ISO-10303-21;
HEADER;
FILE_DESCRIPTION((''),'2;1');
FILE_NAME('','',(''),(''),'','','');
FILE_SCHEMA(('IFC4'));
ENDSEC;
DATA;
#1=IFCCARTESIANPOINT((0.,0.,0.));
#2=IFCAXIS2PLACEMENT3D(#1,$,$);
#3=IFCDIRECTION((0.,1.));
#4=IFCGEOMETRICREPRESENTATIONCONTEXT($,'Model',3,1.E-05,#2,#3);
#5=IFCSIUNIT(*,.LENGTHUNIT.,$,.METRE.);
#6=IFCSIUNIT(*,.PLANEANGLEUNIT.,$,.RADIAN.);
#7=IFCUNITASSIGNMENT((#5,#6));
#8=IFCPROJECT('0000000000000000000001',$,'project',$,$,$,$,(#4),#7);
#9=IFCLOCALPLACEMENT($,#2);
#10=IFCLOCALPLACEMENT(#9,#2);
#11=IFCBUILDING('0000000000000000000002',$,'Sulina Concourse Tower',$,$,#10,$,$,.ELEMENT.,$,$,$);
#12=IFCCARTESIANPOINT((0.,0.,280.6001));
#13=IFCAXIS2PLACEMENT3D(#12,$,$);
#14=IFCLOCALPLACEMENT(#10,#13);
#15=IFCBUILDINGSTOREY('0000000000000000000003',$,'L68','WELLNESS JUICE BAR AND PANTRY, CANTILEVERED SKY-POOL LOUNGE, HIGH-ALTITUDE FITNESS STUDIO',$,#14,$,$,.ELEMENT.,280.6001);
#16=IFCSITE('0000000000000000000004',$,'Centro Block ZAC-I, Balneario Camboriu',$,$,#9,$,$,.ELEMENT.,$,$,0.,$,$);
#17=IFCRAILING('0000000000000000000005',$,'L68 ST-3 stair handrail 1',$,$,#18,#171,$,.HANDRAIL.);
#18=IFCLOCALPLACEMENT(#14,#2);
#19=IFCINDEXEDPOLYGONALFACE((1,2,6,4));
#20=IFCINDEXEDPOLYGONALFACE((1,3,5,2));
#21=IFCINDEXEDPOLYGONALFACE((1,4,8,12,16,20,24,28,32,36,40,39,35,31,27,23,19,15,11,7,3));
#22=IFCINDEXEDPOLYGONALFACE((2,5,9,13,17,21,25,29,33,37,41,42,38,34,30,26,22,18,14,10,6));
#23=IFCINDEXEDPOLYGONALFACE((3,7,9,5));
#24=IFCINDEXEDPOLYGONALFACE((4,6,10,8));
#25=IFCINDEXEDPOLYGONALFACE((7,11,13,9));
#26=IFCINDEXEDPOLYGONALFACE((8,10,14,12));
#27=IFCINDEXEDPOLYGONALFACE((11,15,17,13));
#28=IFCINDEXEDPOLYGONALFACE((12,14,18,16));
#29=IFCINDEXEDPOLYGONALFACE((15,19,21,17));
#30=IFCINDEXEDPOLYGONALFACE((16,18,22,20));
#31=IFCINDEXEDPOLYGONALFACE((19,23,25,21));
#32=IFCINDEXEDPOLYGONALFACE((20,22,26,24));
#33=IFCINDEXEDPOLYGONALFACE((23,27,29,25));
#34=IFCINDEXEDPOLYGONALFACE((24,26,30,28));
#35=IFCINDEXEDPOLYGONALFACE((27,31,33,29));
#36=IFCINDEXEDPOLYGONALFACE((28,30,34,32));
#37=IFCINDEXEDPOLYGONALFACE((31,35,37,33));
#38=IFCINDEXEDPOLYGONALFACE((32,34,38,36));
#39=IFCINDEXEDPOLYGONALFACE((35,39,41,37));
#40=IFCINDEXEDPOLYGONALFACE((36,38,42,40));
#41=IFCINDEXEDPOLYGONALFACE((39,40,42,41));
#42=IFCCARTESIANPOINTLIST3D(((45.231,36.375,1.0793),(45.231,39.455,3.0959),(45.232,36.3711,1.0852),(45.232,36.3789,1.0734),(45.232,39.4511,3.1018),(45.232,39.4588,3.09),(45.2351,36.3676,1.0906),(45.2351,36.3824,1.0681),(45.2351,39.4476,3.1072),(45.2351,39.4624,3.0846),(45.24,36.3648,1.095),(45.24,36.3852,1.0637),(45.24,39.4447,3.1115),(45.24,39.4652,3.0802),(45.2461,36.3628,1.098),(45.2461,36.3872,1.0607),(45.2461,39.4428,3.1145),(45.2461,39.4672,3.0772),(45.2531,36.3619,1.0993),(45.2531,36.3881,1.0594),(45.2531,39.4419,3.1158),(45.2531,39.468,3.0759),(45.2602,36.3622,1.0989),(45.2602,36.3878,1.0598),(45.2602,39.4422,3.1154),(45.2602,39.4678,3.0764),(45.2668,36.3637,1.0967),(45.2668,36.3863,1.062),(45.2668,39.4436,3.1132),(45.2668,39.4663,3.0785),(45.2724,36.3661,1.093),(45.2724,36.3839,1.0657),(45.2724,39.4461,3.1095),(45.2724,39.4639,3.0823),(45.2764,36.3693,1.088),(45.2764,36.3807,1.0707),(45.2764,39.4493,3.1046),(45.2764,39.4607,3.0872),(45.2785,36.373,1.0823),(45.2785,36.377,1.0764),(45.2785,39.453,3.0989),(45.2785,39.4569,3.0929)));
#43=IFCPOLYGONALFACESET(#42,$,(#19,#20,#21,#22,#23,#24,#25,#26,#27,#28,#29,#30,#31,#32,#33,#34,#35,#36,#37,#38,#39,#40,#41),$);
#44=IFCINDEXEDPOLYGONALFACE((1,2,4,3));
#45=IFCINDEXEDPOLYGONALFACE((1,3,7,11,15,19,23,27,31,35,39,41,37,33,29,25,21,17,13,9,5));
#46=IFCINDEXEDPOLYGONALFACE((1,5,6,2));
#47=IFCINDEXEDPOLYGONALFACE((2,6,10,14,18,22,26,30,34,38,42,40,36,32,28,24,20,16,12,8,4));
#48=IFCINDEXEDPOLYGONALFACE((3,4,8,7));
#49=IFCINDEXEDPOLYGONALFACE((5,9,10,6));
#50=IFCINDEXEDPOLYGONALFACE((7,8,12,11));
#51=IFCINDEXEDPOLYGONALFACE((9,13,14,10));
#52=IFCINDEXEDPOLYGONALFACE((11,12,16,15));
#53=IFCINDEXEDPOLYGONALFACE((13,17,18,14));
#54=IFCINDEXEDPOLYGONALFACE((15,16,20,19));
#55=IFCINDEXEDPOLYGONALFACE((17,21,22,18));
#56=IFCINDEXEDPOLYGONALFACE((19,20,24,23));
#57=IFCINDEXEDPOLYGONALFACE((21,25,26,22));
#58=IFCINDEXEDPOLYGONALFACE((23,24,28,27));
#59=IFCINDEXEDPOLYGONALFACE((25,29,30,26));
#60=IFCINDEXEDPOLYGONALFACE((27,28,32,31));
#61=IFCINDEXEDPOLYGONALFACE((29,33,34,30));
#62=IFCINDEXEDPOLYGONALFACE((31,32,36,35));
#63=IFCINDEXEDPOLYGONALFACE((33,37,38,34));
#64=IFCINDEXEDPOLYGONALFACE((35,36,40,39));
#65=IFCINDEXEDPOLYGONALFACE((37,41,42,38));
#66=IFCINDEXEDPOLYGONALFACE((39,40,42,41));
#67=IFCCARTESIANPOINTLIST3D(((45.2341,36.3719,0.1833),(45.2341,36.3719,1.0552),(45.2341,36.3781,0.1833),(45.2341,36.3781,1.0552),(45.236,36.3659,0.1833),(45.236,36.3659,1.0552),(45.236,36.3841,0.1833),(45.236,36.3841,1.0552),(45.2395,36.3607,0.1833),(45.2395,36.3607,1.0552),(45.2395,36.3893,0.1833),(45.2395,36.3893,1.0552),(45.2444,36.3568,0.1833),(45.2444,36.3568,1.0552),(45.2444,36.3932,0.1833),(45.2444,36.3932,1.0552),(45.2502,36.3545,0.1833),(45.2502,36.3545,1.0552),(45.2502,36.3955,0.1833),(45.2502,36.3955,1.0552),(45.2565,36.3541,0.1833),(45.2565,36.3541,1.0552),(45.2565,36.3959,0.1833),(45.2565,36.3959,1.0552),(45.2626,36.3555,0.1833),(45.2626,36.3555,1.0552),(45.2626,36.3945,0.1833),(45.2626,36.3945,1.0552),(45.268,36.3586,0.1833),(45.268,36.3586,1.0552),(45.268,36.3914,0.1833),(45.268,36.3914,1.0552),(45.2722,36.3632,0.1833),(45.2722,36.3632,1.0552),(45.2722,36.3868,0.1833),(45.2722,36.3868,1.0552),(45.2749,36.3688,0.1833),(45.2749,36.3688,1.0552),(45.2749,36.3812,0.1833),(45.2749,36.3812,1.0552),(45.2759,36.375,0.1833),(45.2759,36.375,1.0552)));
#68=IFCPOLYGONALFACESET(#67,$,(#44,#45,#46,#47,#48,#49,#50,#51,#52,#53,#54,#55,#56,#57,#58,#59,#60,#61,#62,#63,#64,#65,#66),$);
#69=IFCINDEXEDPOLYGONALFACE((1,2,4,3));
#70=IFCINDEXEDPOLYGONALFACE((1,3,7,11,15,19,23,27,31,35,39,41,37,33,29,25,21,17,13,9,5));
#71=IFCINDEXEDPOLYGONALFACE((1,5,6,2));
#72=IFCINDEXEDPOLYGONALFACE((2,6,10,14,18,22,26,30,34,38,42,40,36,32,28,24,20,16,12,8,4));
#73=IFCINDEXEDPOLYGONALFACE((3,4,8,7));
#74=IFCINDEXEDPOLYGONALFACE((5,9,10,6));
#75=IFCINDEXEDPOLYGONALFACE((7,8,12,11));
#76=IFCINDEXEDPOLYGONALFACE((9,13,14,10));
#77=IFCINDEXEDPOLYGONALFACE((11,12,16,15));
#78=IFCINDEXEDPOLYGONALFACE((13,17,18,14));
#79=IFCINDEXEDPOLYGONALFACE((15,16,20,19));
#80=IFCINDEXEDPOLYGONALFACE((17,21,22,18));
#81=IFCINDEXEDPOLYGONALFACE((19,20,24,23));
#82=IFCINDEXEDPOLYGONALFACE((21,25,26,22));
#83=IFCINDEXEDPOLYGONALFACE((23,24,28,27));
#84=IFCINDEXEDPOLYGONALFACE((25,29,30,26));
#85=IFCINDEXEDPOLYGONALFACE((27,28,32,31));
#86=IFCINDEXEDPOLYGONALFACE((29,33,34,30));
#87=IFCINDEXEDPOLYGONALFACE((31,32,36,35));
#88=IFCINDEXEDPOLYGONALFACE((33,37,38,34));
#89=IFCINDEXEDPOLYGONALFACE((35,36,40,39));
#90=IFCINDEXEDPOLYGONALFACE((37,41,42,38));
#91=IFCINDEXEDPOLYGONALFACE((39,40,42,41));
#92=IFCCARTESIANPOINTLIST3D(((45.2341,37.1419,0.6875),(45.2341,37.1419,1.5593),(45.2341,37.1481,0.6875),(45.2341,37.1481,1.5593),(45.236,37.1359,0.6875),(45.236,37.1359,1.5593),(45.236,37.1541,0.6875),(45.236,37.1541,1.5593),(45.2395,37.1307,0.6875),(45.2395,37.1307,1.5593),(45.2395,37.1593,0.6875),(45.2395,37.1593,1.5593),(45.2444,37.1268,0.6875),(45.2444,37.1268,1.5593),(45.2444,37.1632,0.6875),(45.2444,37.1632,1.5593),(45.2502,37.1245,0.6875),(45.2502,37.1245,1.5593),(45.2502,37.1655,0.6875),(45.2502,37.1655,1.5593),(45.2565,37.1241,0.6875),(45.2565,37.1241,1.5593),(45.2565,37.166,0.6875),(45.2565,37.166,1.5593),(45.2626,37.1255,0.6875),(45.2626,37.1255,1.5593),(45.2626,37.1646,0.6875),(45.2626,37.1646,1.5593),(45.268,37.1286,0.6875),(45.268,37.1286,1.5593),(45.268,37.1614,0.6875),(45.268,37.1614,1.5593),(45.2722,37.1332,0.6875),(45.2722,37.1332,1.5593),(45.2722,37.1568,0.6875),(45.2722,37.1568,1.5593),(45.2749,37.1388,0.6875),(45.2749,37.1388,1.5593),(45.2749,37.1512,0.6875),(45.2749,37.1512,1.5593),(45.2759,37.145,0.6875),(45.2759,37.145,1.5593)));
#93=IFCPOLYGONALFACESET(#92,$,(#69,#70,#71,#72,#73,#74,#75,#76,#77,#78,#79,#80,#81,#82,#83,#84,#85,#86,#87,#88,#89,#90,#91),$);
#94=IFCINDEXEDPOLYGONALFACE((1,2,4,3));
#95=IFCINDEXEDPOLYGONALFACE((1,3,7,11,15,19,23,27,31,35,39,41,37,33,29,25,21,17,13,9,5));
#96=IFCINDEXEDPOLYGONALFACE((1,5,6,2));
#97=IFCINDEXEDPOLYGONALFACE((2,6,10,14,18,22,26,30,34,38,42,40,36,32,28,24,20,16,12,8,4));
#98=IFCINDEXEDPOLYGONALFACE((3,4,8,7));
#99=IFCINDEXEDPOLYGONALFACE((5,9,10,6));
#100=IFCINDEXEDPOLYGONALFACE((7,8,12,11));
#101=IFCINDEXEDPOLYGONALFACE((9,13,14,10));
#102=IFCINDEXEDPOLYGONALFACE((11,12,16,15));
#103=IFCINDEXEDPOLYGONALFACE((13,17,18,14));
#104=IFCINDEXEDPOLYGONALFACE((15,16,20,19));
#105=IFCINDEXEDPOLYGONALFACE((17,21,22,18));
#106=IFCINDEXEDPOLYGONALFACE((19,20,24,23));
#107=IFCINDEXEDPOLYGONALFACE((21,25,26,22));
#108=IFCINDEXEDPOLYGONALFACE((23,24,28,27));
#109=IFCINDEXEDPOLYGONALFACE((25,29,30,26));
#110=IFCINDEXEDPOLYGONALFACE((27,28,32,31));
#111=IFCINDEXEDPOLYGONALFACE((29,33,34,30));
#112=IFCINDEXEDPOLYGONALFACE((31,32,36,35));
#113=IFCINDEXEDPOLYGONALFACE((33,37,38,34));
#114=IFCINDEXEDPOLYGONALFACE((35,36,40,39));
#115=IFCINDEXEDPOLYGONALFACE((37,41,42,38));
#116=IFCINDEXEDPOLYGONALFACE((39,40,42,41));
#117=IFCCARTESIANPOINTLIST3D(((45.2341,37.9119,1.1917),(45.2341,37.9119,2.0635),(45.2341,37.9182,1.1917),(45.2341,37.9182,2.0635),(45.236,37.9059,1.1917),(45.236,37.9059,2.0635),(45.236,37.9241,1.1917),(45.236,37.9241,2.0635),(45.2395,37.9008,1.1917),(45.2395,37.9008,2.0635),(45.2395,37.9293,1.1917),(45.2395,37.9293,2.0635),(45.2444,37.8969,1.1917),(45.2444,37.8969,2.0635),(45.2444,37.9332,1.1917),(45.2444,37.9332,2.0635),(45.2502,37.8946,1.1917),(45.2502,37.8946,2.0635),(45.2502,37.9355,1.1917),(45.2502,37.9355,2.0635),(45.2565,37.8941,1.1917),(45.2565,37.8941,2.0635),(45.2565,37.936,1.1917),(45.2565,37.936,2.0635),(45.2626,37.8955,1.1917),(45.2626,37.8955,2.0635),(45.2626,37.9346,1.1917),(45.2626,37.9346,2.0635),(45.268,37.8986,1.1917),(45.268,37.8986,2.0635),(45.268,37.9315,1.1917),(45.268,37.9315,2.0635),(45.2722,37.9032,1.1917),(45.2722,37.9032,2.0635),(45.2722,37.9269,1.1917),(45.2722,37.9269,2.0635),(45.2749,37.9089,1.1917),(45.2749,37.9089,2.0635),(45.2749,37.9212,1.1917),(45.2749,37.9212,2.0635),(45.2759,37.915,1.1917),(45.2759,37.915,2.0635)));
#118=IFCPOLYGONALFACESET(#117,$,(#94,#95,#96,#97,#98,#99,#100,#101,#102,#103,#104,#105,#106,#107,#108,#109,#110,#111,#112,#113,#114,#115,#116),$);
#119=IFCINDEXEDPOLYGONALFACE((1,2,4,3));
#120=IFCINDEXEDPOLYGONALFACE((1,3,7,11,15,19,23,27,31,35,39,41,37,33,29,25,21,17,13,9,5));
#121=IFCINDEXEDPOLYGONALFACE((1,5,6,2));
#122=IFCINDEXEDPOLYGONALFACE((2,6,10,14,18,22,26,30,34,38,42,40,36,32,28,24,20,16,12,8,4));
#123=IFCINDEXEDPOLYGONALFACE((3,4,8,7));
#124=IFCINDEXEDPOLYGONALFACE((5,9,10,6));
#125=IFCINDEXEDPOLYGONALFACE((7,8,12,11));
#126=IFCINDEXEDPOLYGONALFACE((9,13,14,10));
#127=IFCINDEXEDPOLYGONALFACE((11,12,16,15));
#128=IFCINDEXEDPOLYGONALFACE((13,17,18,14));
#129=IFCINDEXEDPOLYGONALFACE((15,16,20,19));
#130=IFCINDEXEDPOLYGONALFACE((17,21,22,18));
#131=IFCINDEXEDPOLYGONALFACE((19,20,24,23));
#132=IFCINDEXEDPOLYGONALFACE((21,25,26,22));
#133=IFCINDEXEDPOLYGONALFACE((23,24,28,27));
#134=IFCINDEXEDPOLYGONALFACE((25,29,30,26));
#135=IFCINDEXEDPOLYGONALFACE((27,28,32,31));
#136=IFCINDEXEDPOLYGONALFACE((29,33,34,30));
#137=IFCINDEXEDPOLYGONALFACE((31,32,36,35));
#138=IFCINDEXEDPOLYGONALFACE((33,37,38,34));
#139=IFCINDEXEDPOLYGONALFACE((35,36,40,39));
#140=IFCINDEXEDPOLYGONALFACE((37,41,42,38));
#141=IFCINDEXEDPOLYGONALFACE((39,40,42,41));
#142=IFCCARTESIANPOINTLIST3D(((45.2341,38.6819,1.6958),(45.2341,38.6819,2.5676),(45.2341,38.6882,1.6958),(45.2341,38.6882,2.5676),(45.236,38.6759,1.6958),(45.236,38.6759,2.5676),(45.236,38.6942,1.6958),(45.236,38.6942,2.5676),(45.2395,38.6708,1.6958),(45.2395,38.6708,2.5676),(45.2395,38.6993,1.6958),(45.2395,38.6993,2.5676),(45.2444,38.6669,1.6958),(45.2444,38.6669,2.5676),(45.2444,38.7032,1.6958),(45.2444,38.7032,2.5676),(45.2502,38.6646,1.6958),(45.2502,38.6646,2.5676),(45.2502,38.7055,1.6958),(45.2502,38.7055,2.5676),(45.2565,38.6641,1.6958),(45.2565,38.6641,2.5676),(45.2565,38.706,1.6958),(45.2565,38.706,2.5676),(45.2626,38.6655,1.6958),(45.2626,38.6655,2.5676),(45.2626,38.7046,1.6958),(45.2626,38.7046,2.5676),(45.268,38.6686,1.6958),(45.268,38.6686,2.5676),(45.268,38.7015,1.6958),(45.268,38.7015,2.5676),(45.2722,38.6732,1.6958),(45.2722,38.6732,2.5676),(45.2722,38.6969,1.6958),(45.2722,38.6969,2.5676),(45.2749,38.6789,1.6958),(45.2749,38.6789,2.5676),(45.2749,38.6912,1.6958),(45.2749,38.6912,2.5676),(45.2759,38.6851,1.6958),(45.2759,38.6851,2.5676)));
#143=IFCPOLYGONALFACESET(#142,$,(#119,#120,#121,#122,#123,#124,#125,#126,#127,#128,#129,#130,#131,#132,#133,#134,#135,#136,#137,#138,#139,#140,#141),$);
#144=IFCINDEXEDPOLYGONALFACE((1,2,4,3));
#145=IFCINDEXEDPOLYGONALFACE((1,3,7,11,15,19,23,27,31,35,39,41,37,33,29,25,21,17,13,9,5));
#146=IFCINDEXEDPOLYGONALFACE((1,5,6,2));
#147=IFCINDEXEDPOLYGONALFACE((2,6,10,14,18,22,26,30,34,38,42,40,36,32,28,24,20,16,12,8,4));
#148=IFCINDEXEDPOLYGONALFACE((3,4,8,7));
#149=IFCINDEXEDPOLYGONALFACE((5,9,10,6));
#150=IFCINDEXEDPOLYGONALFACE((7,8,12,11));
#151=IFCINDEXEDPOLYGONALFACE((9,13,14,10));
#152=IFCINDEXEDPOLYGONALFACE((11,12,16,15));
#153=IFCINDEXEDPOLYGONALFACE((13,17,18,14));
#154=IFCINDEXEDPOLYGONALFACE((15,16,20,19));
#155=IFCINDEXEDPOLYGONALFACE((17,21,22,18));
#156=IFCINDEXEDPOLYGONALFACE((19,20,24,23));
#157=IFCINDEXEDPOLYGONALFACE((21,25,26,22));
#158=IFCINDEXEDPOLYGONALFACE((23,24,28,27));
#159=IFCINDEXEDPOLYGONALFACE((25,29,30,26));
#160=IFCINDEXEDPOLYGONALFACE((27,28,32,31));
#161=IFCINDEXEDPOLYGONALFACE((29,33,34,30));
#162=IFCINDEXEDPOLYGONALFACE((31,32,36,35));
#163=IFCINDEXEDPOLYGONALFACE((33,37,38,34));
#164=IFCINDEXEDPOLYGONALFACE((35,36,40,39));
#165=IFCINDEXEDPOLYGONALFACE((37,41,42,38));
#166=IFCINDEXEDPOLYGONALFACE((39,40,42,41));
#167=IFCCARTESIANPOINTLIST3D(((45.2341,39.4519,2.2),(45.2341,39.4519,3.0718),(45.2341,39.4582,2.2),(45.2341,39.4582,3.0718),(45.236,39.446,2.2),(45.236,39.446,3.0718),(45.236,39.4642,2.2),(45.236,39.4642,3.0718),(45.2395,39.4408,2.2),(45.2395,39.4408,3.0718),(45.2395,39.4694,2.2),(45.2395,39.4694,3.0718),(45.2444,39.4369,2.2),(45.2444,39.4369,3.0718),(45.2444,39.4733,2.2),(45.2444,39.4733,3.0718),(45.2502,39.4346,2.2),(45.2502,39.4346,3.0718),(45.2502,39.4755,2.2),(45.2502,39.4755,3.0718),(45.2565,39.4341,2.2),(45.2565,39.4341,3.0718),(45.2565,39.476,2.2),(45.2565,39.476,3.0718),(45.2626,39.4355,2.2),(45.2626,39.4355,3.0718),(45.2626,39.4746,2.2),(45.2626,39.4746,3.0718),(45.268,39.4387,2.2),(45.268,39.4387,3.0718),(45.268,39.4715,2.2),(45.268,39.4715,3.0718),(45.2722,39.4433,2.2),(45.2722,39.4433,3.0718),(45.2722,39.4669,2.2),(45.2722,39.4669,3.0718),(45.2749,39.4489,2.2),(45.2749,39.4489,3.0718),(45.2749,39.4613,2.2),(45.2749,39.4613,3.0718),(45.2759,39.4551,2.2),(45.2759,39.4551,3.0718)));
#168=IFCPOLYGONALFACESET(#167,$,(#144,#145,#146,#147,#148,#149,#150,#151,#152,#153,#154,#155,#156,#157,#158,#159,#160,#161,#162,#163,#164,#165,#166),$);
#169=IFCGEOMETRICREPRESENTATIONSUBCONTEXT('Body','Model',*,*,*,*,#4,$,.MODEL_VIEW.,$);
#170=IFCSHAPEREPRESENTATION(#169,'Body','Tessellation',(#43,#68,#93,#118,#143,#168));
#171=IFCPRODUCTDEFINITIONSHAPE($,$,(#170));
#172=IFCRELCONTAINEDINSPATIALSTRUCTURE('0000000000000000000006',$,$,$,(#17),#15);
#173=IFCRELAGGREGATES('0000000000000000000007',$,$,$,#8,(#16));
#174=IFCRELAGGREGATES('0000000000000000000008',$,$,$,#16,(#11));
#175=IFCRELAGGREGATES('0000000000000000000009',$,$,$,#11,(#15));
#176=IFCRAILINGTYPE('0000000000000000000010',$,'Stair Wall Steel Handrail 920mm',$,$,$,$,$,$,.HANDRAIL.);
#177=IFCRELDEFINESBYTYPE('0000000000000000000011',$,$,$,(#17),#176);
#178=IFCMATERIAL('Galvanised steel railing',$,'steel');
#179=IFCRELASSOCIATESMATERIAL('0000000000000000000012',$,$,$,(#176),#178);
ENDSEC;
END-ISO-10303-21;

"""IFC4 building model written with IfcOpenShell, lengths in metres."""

from ifc_helpers import new_model, si_unit, direction, frame, origin, origin_2d, place, context, subcontext, project, spatial, circle, extrude, material, type_object, element, save


model = new_model("IFC4")

# Units and contexts
model_context = context("Model", 3, precision=1e-05, world=origin(), true_north=direction((0.0, 1.0)))
body_context = subcontext(model_context, "Body", "Model", "MODEL_VIEW")
ifc_project = project(units=[si_unit("LENGTHUNIT", "METRE"), si_unit("PLANEANGLEUNIT", "RADIAN")], contexts=[model_context])

# Site, building, storey
site_placement = place(None, origin())
site = spatial("IfcSite", under=ifc_project, at=site_placement, Name="Centro Block ZAC-I, Balneario Camboriu", CompositionType="ELEMENT", RefElevation=0.0)
building_placement = place(site_placement, origin())
building = spatial("IfcBuilding", under=site, at=building_placement, Name="Sulina Concourse Tower", CompositionType="ELEMENT")
storey_placement = place(building_placement, frame((0.0, 0.0, 280.6001)))
storey = spatial("IfcBuildingStorey", under=building, at=storey_placement, Name="L68", Description="WELLNESS JUICE BAR AND PANTRY, CANTILEVERED SKY-POOL LOUNGE, HIGH-ALTITUDE FITNESS STUDIO", CompositionType="ELEMENT", Elevation=280.6001)

# Railing
ifc_material_1 = material(Name="Galvanised steel railing", Category="steel")
railing_type_1 = type_object("IfcRailingType", Name="Stair Wall Steel Handrail 920mm", PredefinedType="HANDRAIL", material=ifc_material_1)
railing_1_placement = place(storey_placement, frame((45.2549, 36.375, 0.1833)))
element("IfcRailing", 1, at=railing_1_placement, inside=storey, type_object=railing_type_1, Name="L68 ST-3 stair handrail 1", PredefinedType="HANDRAIL", context=body_context, shape_type="SweptSolid", body=[
    extrude(circle(Radius=0.0239, at=origin_2d()), frame((0.0, 0.0, 0.896), z_axis=(0.0, 0.836633, 0.547764), x_axis=(-1.0, 0.0, 0.0)), (0.0, 0.0, 1.0), 3.6814),
    extrude(circle(Radius=0.021, at=origin_2d()), origin(), (0.0, 0.0, 1.0), 0.8718),
    extrude(circle(Radius=0.021, at=origin_2d()), frame((0.0, 0.77, 0.5042)), (0.0, 0.0, 1.0), 0.8718),
    extrude(circle(Radius=0.021, at=origin_2d()), frame((0.0, 1.54, 1.0083)), (0.0, 0.0, 1.0), 0.8718),
    extrude(circle(Radius=0.021, at=origin_2d()), frame((0.0, 2.3101, 1.5125)), (0.0, 0.0, 1.0), 0.8718),
    extrude(circle(Radius=0.021, at=origin_2d()), frame((0.0, 3.0801, 2.0166)), (0.0, 0.0, 1.0), 0.8718),
])

save(model, "model.ifc")
